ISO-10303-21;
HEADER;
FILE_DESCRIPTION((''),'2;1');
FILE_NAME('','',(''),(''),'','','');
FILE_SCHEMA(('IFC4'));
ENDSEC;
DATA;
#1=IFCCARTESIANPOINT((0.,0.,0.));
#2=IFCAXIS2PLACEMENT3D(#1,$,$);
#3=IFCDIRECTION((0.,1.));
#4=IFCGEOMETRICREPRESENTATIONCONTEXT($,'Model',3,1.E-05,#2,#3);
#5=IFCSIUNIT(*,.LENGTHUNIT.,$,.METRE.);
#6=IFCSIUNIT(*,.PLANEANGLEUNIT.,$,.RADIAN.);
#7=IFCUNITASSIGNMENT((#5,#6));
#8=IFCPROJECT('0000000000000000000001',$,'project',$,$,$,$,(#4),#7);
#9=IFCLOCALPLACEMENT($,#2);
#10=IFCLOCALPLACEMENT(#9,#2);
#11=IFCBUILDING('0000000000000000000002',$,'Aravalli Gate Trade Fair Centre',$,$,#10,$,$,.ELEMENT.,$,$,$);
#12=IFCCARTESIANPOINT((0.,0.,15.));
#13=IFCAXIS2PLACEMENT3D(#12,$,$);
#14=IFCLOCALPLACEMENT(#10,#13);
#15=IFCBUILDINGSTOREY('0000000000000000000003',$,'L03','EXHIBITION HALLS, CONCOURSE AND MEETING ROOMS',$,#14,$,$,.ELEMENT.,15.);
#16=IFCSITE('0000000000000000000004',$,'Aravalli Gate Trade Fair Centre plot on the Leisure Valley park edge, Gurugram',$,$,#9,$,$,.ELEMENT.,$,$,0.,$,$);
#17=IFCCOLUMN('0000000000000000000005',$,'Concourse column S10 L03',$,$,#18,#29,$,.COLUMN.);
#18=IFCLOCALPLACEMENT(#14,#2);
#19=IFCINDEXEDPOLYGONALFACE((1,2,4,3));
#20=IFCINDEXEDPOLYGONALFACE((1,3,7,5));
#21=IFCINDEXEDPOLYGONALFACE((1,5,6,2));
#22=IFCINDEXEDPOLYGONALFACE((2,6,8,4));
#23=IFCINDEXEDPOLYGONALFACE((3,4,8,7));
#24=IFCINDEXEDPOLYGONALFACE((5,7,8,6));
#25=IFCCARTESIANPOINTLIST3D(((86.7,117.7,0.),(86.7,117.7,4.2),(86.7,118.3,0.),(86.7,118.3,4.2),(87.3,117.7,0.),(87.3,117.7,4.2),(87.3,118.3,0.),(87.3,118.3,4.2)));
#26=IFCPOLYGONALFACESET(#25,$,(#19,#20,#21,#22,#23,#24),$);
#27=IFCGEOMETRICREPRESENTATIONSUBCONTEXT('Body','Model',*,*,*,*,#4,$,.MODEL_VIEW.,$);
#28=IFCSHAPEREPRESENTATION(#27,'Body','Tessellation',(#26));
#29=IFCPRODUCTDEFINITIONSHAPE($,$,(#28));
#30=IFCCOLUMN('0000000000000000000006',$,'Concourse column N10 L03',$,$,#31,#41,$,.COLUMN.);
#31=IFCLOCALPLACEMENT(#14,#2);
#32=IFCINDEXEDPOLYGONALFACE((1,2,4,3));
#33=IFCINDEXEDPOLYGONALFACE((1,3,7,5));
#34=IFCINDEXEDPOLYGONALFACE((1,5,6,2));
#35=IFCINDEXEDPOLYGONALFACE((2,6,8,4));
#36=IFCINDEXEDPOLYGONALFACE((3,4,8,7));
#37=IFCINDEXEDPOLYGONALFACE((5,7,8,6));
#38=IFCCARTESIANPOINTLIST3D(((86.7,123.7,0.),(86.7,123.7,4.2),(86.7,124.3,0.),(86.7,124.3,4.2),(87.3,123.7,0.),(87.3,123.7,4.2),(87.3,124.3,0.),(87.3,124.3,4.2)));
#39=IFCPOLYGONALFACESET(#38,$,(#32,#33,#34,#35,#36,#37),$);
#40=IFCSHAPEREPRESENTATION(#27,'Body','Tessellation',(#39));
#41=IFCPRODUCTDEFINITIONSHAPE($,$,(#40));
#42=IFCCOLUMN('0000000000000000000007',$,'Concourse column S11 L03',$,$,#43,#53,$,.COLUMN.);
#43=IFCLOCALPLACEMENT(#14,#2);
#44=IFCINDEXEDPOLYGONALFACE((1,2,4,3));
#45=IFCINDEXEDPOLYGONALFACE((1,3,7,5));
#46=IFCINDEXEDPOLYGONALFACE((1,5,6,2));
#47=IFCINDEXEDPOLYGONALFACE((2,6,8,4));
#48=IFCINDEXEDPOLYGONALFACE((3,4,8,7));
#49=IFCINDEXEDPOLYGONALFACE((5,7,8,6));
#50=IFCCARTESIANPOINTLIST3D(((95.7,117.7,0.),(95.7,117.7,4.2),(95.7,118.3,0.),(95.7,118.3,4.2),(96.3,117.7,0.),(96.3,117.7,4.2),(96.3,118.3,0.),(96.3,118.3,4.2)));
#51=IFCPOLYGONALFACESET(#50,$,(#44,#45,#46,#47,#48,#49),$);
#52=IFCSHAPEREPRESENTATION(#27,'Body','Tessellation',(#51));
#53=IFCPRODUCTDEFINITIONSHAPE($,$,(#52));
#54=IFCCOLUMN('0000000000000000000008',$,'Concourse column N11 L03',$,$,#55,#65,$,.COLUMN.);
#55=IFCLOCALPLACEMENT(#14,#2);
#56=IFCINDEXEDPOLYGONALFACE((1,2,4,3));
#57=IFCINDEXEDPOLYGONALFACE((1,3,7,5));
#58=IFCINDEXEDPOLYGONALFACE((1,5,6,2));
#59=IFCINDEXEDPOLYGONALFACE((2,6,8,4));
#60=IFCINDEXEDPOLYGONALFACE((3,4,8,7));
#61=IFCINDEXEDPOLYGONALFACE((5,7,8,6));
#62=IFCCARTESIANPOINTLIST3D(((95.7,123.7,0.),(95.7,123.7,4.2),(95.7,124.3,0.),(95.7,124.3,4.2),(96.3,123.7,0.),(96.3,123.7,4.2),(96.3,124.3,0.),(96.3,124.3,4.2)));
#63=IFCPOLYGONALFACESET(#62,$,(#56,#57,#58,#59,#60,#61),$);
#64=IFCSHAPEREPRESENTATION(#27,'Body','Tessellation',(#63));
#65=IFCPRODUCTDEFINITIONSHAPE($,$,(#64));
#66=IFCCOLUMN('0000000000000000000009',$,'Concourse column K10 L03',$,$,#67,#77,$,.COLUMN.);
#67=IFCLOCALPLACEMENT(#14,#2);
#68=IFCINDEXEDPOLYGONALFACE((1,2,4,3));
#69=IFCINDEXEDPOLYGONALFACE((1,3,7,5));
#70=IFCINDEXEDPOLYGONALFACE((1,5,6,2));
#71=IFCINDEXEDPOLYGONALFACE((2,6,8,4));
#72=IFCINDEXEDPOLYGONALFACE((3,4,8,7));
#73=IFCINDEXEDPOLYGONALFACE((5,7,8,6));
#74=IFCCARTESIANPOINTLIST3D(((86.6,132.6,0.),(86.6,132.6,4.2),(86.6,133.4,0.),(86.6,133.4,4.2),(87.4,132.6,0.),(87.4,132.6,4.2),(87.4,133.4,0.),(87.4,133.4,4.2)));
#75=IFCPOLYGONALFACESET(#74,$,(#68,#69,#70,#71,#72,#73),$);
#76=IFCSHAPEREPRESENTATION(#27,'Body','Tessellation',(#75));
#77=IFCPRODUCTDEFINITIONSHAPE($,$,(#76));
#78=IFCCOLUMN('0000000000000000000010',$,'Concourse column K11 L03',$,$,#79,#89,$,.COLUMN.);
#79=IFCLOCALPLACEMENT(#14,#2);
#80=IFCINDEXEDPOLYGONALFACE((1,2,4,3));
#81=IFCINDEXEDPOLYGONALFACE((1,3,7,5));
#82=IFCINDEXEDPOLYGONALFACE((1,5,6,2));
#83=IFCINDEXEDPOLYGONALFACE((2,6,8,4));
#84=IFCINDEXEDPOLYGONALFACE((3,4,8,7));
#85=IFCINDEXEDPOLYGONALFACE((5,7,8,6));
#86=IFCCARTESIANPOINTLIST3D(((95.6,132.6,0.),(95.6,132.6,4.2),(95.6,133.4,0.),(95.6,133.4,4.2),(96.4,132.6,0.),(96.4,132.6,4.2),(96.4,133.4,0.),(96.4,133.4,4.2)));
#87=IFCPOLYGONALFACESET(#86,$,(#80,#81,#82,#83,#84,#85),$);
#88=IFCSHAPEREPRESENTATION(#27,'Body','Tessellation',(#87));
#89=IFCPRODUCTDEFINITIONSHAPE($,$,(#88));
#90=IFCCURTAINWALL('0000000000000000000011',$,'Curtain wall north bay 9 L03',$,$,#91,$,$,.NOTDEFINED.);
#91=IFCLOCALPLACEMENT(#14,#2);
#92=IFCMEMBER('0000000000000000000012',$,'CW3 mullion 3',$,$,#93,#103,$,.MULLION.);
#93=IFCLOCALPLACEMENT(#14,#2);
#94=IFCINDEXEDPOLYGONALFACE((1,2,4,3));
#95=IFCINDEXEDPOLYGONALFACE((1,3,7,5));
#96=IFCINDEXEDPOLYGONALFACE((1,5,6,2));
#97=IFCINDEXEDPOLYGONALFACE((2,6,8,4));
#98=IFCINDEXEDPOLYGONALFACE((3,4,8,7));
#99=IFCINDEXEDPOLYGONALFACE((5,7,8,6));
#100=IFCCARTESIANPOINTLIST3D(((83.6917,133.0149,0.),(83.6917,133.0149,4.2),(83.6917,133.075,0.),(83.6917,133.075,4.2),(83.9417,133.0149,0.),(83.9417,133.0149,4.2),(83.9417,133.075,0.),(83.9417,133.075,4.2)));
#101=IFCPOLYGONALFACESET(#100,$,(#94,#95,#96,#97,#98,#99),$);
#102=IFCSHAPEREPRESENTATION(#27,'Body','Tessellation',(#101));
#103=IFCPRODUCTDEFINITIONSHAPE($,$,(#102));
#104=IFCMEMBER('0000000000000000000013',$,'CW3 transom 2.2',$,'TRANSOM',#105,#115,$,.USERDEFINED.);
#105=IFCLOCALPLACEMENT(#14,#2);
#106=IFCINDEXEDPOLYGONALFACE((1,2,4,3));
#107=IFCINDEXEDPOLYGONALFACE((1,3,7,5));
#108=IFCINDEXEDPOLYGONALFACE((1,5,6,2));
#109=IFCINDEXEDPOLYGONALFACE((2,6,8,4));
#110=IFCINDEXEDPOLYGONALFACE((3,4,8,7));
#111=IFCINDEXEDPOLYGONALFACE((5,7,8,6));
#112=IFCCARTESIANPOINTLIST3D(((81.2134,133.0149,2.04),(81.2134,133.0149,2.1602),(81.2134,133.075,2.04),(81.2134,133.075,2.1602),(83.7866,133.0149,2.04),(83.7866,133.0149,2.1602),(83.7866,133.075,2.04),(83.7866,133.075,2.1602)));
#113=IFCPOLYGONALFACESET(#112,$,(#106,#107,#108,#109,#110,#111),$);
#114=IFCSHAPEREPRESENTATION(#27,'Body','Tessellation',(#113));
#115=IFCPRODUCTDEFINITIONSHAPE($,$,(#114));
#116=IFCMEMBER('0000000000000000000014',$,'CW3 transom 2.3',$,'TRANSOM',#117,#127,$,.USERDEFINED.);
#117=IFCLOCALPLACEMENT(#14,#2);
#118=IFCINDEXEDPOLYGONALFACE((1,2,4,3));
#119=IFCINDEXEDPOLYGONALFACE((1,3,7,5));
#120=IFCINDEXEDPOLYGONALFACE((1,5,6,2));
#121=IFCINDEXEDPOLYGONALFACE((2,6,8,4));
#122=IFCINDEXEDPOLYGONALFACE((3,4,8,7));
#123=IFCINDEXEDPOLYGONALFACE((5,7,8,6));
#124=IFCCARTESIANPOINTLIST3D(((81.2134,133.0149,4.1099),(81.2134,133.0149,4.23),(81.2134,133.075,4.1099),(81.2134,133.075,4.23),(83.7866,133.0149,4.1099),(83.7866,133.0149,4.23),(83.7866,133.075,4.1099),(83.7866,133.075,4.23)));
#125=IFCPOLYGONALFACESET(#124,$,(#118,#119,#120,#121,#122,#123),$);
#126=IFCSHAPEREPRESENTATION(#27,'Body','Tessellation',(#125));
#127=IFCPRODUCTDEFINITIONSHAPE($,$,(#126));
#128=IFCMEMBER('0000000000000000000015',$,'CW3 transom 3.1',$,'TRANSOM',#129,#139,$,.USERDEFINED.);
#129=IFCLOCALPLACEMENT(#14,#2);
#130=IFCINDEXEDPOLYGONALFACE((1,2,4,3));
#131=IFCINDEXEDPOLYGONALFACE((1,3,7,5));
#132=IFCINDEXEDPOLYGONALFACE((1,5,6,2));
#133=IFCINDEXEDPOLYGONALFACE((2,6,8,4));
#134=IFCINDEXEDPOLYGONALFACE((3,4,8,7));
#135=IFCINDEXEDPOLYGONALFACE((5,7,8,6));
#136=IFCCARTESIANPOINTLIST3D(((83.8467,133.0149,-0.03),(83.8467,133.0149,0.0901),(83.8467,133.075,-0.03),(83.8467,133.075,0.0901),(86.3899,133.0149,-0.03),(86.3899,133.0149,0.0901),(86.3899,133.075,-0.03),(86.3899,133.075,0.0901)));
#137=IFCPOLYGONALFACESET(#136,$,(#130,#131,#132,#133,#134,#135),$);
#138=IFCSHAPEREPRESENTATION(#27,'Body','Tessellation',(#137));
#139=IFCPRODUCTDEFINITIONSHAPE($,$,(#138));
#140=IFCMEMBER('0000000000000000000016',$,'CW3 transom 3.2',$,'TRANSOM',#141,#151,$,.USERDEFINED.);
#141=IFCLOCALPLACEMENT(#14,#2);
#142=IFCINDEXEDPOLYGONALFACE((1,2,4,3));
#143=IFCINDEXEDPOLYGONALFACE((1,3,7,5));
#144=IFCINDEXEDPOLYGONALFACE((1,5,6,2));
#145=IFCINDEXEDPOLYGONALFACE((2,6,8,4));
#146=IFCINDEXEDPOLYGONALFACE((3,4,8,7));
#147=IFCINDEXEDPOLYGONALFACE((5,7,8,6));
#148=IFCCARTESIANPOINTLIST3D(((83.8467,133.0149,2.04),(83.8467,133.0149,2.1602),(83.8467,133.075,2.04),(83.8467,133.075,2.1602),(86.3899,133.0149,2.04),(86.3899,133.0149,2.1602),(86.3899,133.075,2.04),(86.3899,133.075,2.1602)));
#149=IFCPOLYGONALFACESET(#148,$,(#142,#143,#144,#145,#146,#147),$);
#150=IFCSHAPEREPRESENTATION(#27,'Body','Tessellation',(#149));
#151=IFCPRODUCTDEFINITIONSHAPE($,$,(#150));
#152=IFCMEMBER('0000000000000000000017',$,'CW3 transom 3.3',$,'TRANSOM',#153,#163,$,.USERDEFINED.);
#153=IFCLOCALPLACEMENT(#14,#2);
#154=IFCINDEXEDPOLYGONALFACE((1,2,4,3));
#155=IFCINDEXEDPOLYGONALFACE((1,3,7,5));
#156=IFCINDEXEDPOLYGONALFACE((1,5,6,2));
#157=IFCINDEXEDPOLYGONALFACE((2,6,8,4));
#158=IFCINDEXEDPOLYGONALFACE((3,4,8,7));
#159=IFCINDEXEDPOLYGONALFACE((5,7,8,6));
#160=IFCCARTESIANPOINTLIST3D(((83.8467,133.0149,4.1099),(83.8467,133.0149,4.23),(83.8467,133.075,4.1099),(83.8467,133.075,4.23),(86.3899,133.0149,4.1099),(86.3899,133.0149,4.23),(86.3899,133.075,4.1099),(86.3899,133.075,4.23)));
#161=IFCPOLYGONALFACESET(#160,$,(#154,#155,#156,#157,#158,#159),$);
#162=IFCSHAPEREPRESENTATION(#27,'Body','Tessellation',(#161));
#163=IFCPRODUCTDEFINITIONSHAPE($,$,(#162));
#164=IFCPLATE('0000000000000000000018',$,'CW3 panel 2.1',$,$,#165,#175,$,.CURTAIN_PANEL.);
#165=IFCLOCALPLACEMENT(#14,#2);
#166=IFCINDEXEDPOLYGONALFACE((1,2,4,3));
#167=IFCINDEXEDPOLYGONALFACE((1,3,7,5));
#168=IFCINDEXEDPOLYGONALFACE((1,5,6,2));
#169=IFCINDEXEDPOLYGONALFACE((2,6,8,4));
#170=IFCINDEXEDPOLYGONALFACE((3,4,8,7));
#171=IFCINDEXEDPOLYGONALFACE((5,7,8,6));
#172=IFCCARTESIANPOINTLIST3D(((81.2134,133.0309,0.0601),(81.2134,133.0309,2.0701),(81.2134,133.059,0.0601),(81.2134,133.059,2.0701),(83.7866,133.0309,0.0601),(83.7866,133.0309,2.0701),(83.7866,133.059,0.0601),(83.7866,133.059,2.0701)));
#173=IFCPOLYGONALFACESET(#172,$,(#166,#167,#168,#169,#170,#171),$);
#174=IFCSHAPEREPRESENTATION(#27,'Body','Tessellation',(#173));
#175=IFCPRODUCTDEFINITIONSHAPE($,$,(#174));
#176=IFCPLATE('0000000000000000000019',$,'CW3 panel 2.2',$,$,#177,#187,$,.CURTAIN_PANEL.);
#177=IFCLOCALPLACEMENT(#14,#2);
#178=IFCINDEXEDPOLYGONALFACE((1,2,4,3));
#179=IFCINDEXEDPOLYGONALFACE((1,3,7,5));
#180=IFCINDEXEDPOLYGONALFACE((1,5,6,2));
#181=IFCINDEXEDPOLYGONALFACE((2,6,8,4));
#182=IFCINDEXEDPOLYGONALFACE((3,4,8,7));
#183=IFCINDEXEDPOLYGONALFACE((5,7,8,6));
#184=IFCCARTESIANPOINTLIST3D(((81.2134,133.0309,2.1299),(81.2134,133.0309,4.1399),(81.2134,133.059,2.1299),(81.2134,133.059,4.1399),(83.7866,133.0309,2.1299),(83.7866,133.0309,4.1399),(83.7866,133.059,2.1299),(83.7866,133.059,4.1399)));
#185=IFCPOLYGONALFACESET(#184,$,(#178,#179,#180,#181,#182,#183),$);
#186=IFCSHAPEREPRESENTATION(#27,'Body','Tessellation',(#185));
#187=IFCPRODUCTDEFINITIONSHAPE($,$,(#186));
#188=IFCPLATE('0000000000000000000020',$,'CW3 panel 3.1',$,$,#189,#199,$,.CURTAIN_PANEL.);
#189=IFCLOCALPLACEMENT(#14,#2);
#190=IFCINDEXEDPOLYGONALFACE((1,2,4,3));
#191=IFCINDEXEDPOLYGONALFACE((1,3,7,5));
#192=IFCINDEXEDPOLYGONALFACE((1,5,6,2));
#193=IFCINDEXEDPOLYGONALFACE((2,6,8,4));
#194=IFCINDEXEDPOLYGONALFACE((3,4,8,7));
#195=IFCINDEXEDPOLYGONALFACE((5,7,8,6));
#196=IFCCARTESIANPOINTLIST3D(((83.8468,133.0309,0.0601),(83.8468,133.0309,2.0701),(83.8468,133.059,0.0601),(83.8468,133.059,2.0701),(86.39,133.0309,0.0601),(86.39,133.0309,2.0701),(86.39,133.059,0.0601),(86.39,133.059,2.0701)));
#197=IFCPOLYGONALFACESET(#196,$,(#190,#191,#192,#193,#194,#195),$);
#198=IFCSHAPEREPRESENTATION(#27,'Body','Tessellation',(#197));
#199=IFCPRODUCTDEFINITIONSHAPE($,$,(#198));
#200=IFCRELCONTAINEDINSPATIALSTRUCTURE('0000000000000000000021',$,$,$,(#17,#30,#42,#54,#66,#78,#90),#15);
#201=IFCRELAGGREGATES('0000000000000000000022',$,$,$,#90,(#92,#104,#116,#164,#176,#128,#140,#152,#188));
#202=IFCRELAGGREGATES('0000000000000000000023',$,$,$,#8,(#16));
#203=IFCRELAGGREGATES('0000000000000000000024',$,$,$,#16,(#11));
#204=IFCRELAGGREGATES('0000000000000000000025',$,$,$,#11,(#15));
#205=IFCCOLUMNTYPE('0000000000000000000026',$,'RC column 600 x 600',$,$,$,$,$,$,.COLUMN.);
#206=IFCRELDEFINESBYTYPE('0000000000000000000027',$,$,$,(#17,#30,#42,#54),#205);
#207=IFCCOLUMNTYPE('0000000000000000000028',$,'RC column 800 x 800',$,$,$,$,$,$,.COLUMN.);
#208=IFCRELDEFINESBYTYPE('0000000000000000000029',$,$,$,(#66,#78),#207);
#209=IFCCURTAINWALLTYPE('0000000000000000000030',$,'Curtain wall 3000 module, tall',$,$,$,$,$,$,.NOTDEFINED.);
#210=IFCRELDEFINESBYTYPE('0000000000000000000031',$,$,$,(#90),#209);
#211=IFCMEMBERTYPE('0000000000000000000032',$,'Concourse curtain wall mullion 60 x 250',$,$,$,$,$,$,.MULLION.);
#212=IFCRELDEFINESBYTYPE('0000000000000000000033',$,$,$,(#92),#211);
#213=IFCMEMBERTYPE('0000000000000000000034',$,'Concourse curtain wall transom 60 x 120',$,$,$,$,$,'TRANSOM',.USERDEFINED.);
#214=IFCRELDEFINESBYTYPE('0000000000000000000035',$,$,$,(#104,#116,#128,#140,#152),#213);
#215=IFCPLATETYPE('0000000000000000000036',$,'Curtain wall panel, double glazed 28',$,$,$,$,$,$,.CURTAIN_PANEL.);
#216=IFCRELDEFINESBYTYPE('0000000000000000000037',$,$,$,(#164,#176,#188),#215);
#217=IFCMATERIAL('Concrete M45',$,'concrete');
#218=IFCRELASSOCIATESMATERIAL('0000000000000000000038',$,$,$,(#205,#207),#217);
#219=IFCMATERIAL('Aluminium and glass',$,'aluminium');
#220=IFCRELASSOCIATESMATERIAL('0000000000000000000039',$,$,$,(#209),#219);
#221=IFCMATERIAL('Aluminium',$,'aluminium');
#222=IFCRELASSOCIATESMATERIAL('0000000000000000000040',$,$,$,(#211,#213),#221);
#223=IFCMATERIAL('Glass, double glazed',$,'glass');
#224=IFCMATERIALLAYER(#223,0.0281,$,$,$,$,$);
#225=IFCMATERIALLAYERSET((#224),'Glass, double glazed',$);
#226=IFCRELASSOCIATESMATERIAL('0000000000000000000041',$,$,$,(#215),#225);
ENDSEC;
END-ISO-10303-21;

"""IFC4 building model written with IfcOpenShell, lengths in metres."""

from ifc_helpers import new_model, si_unit, direction, frame, origin, origin_2d, place, context, subcontext, project, spatial, rectangle, extrude, material, layer, layer_set, material_profile, profile_set, type_object, element, aggregate, save


model = new_model("IFC4")

# Units and contexts
model_context = context("Model", 3, precision=1e-05, world=origin(), true_north=direction((0.0, 1.0)))
body_context = subcontext(model_context, "Body", "Model", "MODEL_VIEW")
ifc_project = project(units=[si_unit("LENGTHUNIT", "METRE"), si_unit("PLANEANGLEUNIT", "RADIAN")], contexts=[model_context])

# Site, building, storey
site_placement = place(None, origin())
site = spatial("IfcSite", under=ifc_project, at=site_placement, Name="Aravalli Gate Trade Fair Centre plot on the Leisure Valley park edge, Gurugram", CompositionType="ELEMENT", RefElevation=0.0)
building_placement = place(site_placement, origin())
building = spatial("IfcBuilding", under=site, at=building_placement, Name="Aravalli Gate Trade Fair Centre", CompositionType="ELEMENT")
storey_placement = place(building_placement, frame((0.0, 0.0, 15.0)))
storey = spatial("IfcBuildingStorey", under=building, at=storey_placement, Name="L03", Description="EXHIBITION HALLS, CONCOURSE AND MEETING ROOMS", CompositionType="ELEMENT", Elevation=15.0)

# Columns
ifc_material_1 = material(Name="Concrete M45", Category="concrete")
ifc_material_profile_1 = material_profile(ifc_material_1, rectangle(XDim=0.6001, YDim=0.6001, at=origin_2d()), Name="RC column 600 x 600")
ifc_profile_set_1 = profile_set([ifc_material_profile_1], Name="Concrete M45")
column_type_1 = type_object("IfcColumnType", Name="RC column 600 x 600", PredefinedType="COLUMN", material=ifc_profile_set_1)
for number, where, z_axis, x_axis, name in (
    (1, (87.0, 118.0, 0.0), (0.0, 0.0, 1.0), (1.0, 0.0, 0.0), "Concourse column S10 L03"),
    (2, (87.0, 124.0, 0.0), (0.0, 0.0, 1.0), (1.0, 0.0, 0.0), "Concourse column N10 L03"),
    (3, (96.0, 118.0, 0.0), (0.0, 0.0, 1.0), (1.0, 0.0, 0.0), "Concourse column S11 L03"),
    (4, (96.0, 124.0, 0.0), (0.0, 0.0, 1.0), (1.0, 0.0, 0.0), "Concourse column N11 L03"),
):
    element("IfcColumn", number, at=place(storey_placement, frame(where, z_axis=z_axis, x_axis=x_axis)), inside=storey, type_object=column_type_1, Name=name, PredefinedType="COLUMN", context=body_context, shape_type="SweptSolid", body=[
        extrude(rectangle(XDim=0.6001, YDim=0.6001, at=origin_2d()), origin(), (0.0, 0.0, 1.0), 4.2),
    ])
ifc_material_profile_2 = material_profile(ifc_material_1, rectangle(XDim=0.8, YDim=0.8, at=origin_2d()), Name="RC column 800 x 800")
ifc_profile_set_2 = profile_set([ifc_material_profile_2], Name="Concrete M45")
column_type_2 = type_object("IfcColumnType", Name="RC column 800 x 800", PredefinedType="COLUMN", material=ifc_profile_set_2)
for number, where, z_axis, x_axis, name in (
    (5, (87.0, 133.0, 0.0), (0.0, 0.0, 1.0), (1.0, 0.0, 0.0), "Concourse column K10 L03"),
    (6, (96.0, 133.0, 0.0), (0.0, 0.0, 1.0), (1.0, 0.0, 0.0), "Concourse column K11 L03"),
):
    element("IfcColumn", number, at=place(storey_placement, frame(where, z_axis=z_axis, x_axis=x_axis)), inside=storey, type_object=column_type_2, Name=name, PredefinedType="COLUMN", context=body_context, shape_type="SweptSolid", body=[
        extrude(rectangle(XDim=0.8, YDim=0.8, at=origin_2d()), origin(), (0.0, 0.0, 1.0), 4.2),
    ])

# Curtain wall, members, plates
ifc_material_2 = material(Name="Aluminium and glass", Category="aluminium")
curtain_wall_type = type_object("IfcCurtainWallType", Name="Curtain wall 3000 module, tall", PredefinedType="NOTDEFINED", material=ifc_material_2)
curtain_wall_placement = place(storey_placement, origin())
curtain_wall = element("IfcCurtainWall", 7, at=curtain_wall_placement, inside=storey, type_object=curtain_wall_type, Name="Curtain wall north bay 9 L03", PredefinedType="NOTDEFINED")
ifc_material_3 = material(Name="Aluminium", Category="aluminium")
ifc_material_profile_3 = material_profile(ifc_material_3, rectangle(XDim=0.0601, YDim=0.25, at=origin_2d()), Name="Concourse curtain wall mullion 60 x 250")
ifc_profile_set_3 = profile_set([ifc_material_profile_3], Name="Aluminium")
member_type_1 = type_object("IfcMemberType", Name="Concourse curtain wall mullion 60 x 250", PredefinedType="MULLION", material=ifc_profile_set_3)
member_1_placement = place(storey_placement, frame((83.8167, 133.0449, 0.0), z_axis=(0.0, 0.0, 1.0), x_axis=(0.0, 1.0, 0.0)))
member_1 = element("IfcMember", 8, at=member_1_placement, type_object=member_type_1, Name="CW3 mullion 3", PredefinedType="MULLION", context=body_context, shape_type="SweptSolid", body=[
    extrude(rectangle(XDim=0.0601, YDim=0.25, at=origin_2d()), origin(), (0.0, 0.0, 1.0), 4.2),
])
ifc_material_profile_4 = material_profile(ifc_material_3, rectangle(XDim=0.0601, YDim=0.1201, at=origin_2d()), Name="Concourse curtain wall transom 60 x 120")
ifc_profile_set_4 = profile_set([ifc_material_profile_4], Name="Aluminium")
member_type_2 = type_object("IfcMemberType", Name="Concourse curtain wall transom 60 x 120", ElementType="TRANSOM", PredefinedType="USERDEFINED", material=ifc_profile_set_4)
member_2_placement = place(storey_placement, frame((81.2134, 133.0449, 2.1001), z_axis=(1.0, 0.0, 0.0), x_axis=(0.0, 1.0, 0.0)))
member_2 = element("IfcMember", 9, at=member_2_placement, type_object=member_type_2, Name="CW3 transom 2.2", ObjectType="TRANSOM", PredefinedType="USERDEFINED", context=body_context, shape_type="SweptSolid", body=[
    extrude(rectangle(XDim=0.0601, YDim=0.1201, at=origin_2d()), origin(), (0.0, 0.0, 1.0), 2.5732),
])
member_3_placement = place(storey_placement, frame((81.2134, 133.0449, 4.1699), z_axis=(1.0, 0.0, 0.0), x_axis=(0.0, 1.0, 0.0)))
member_3 = element("IfcMember", 10, at=member_3_placement, type_object=member_type_2, Name="CW3 transom 2.3", ObjectType="TRANSOM", PredefinedType="USERDEFINED", context=body_context, shape_type="SweptSolid", body=[
    extrude(rectangle(XDim=0.0601, YDim=0.1201, at=origin_2d()), origin(), (0.0, 0.0, 1.0), 2.5732),
])
member_4_placement = place(storey_placement, frame((83.8467, 133.0449, 0.03), z_axis=(1.0, 0.0, 0.0), x_axis=(0.0, 1.0, 0.0)))
member_4 = element("IfcMember", 11, at=member_4_placement, type_object=member_type_2, Name="CW3 transom 3.1", ObjectType="TRANSOM", PredefinedType="USERDEFINED", context=body_context, shape_type="SweptSolid", body=[
    extrude(rectangle(XDim=0.0601, YDim=0.1201, at=origin_2d()), origin(), (0.0, 0.0, 1.0), 2.5432),
])
member_5_placement = place(storey_placement, frame((83.8467, 133.0449, 2.1001), z_axis=(1.0, 0.0, 0.0), x_axis=(0.0, 1.0, 0.0)))
member_5 = element("IfcMember", 12, at=member_5_placement, type_object=member_type_2, Name="CW3 transom 3.2", ObjectType="TRANSOM", PredefinedType="USERDEFINED", context=body_context, shape_type="SweptSolid", body=[
    extrude(rectangle(XDim=0.0601, YDim=0.1201, at=origin_2d()), origin(), (0.0, 0.0, 1.0), 2.5432),
])
member_6_placement = place(storey_placement, frame((83.8467, 133.0449, 4.1699), z_axis=(1.0, 0.0, 0.0), x_axis=(0.0, 1.0, 0.0)))
member_6 = element("IfcMember", 13, at=member_6_placement, type_object=member_type_2, Name="CW3 transom 3.3", ObjectType="TRANSOM", PredefinedType="USERDEFINED", context=body_context, shape_type="SweptSolid", body=[
    extrude(rectangle(XDim=0.0601, YDim=0.1201, at=origin_2d()), origin(), (0.0, 0.0, 1.0), 2.5432),
])
ifc_material_4 = material(Name="Glass, double glazed", Category="glass")
ifc_layer_1 = layer(ifc_material_4, 0.0281)
ifc_layer_set_1 = layer_set([ifc_layer_1], Name="Glass, double glazed")
plate_type = type_object("IfcPlateType", Name="Curtain wall panel, double glazed 28", PredefinedType="CURTAIN_PANEL", material=ifc_layer_set_1)
plate_1_placement = place(storey_placement, frame((82.5, 133.0449, 0.0601), z_axis=(0.0, 0.0, 1.0), x_axis=(1.0, 0.0, 0.0)))
plate_1 = element("IfcPlate", 14, at=plate_1_placement, type_object=plate_type, Name="CW3 panel 2.1", PredefinedType="CURTAIN_PANEL", context=body_context, shape_type="SweptSolid", body=[
    extrude(rectangle(XDim=2.5732, YDim=0.0281, at=origin_2d()), origin(), (0.0, 0.0, 1.0), 2.01),
])
plate_2_placement = place(storey_placement, frame((82.5, 133.0449, 2.1299), z_axis=(0.0, 0.0, 1.0), x_axis=(1.0, 0.0, 0.0)))
plate_2 = element("IfcPlate", 15, at=plate_2_placement, type_object=plate_type, Name="CW3 panel 2.2", PredefinedType="CURTAIN_PANEL", context=body_context, shape_type="SweptSolid", body=[
    extrude(rectangle(XDim=2.5732, YDim=0.0281, at=origin_2d()), origin(), (0.0, 0.0, 1.0), 2.01),
])
plate_3_placement = place(storey_placement, frame((85.1184, 133.0449, 0.0601), z_axis=(0.0, 0.0, 1.0), x_axis=(1.0, 0.0, 0.0)))
plate_3 = element("IfcPlate", 16, at=plate_3_placement, type_object=plate_type, Name="CW3 panel 3.1", PredefinedType="CURTAIN_PANEL", context=body_context, shape_type="SweptSolid", body=[
    extrude(rectangle(XDim=2.5432, YDim=0.0281, at=origin_2d()), origin(), (0.0, 0.0, 1.0), 2.01),
])
aggregate(curtain_wall, [member_1, member_2, member_3, plate_1, plate_2, member_4, member_5, member_6, plate_3])

save(model, "model.ifc")
